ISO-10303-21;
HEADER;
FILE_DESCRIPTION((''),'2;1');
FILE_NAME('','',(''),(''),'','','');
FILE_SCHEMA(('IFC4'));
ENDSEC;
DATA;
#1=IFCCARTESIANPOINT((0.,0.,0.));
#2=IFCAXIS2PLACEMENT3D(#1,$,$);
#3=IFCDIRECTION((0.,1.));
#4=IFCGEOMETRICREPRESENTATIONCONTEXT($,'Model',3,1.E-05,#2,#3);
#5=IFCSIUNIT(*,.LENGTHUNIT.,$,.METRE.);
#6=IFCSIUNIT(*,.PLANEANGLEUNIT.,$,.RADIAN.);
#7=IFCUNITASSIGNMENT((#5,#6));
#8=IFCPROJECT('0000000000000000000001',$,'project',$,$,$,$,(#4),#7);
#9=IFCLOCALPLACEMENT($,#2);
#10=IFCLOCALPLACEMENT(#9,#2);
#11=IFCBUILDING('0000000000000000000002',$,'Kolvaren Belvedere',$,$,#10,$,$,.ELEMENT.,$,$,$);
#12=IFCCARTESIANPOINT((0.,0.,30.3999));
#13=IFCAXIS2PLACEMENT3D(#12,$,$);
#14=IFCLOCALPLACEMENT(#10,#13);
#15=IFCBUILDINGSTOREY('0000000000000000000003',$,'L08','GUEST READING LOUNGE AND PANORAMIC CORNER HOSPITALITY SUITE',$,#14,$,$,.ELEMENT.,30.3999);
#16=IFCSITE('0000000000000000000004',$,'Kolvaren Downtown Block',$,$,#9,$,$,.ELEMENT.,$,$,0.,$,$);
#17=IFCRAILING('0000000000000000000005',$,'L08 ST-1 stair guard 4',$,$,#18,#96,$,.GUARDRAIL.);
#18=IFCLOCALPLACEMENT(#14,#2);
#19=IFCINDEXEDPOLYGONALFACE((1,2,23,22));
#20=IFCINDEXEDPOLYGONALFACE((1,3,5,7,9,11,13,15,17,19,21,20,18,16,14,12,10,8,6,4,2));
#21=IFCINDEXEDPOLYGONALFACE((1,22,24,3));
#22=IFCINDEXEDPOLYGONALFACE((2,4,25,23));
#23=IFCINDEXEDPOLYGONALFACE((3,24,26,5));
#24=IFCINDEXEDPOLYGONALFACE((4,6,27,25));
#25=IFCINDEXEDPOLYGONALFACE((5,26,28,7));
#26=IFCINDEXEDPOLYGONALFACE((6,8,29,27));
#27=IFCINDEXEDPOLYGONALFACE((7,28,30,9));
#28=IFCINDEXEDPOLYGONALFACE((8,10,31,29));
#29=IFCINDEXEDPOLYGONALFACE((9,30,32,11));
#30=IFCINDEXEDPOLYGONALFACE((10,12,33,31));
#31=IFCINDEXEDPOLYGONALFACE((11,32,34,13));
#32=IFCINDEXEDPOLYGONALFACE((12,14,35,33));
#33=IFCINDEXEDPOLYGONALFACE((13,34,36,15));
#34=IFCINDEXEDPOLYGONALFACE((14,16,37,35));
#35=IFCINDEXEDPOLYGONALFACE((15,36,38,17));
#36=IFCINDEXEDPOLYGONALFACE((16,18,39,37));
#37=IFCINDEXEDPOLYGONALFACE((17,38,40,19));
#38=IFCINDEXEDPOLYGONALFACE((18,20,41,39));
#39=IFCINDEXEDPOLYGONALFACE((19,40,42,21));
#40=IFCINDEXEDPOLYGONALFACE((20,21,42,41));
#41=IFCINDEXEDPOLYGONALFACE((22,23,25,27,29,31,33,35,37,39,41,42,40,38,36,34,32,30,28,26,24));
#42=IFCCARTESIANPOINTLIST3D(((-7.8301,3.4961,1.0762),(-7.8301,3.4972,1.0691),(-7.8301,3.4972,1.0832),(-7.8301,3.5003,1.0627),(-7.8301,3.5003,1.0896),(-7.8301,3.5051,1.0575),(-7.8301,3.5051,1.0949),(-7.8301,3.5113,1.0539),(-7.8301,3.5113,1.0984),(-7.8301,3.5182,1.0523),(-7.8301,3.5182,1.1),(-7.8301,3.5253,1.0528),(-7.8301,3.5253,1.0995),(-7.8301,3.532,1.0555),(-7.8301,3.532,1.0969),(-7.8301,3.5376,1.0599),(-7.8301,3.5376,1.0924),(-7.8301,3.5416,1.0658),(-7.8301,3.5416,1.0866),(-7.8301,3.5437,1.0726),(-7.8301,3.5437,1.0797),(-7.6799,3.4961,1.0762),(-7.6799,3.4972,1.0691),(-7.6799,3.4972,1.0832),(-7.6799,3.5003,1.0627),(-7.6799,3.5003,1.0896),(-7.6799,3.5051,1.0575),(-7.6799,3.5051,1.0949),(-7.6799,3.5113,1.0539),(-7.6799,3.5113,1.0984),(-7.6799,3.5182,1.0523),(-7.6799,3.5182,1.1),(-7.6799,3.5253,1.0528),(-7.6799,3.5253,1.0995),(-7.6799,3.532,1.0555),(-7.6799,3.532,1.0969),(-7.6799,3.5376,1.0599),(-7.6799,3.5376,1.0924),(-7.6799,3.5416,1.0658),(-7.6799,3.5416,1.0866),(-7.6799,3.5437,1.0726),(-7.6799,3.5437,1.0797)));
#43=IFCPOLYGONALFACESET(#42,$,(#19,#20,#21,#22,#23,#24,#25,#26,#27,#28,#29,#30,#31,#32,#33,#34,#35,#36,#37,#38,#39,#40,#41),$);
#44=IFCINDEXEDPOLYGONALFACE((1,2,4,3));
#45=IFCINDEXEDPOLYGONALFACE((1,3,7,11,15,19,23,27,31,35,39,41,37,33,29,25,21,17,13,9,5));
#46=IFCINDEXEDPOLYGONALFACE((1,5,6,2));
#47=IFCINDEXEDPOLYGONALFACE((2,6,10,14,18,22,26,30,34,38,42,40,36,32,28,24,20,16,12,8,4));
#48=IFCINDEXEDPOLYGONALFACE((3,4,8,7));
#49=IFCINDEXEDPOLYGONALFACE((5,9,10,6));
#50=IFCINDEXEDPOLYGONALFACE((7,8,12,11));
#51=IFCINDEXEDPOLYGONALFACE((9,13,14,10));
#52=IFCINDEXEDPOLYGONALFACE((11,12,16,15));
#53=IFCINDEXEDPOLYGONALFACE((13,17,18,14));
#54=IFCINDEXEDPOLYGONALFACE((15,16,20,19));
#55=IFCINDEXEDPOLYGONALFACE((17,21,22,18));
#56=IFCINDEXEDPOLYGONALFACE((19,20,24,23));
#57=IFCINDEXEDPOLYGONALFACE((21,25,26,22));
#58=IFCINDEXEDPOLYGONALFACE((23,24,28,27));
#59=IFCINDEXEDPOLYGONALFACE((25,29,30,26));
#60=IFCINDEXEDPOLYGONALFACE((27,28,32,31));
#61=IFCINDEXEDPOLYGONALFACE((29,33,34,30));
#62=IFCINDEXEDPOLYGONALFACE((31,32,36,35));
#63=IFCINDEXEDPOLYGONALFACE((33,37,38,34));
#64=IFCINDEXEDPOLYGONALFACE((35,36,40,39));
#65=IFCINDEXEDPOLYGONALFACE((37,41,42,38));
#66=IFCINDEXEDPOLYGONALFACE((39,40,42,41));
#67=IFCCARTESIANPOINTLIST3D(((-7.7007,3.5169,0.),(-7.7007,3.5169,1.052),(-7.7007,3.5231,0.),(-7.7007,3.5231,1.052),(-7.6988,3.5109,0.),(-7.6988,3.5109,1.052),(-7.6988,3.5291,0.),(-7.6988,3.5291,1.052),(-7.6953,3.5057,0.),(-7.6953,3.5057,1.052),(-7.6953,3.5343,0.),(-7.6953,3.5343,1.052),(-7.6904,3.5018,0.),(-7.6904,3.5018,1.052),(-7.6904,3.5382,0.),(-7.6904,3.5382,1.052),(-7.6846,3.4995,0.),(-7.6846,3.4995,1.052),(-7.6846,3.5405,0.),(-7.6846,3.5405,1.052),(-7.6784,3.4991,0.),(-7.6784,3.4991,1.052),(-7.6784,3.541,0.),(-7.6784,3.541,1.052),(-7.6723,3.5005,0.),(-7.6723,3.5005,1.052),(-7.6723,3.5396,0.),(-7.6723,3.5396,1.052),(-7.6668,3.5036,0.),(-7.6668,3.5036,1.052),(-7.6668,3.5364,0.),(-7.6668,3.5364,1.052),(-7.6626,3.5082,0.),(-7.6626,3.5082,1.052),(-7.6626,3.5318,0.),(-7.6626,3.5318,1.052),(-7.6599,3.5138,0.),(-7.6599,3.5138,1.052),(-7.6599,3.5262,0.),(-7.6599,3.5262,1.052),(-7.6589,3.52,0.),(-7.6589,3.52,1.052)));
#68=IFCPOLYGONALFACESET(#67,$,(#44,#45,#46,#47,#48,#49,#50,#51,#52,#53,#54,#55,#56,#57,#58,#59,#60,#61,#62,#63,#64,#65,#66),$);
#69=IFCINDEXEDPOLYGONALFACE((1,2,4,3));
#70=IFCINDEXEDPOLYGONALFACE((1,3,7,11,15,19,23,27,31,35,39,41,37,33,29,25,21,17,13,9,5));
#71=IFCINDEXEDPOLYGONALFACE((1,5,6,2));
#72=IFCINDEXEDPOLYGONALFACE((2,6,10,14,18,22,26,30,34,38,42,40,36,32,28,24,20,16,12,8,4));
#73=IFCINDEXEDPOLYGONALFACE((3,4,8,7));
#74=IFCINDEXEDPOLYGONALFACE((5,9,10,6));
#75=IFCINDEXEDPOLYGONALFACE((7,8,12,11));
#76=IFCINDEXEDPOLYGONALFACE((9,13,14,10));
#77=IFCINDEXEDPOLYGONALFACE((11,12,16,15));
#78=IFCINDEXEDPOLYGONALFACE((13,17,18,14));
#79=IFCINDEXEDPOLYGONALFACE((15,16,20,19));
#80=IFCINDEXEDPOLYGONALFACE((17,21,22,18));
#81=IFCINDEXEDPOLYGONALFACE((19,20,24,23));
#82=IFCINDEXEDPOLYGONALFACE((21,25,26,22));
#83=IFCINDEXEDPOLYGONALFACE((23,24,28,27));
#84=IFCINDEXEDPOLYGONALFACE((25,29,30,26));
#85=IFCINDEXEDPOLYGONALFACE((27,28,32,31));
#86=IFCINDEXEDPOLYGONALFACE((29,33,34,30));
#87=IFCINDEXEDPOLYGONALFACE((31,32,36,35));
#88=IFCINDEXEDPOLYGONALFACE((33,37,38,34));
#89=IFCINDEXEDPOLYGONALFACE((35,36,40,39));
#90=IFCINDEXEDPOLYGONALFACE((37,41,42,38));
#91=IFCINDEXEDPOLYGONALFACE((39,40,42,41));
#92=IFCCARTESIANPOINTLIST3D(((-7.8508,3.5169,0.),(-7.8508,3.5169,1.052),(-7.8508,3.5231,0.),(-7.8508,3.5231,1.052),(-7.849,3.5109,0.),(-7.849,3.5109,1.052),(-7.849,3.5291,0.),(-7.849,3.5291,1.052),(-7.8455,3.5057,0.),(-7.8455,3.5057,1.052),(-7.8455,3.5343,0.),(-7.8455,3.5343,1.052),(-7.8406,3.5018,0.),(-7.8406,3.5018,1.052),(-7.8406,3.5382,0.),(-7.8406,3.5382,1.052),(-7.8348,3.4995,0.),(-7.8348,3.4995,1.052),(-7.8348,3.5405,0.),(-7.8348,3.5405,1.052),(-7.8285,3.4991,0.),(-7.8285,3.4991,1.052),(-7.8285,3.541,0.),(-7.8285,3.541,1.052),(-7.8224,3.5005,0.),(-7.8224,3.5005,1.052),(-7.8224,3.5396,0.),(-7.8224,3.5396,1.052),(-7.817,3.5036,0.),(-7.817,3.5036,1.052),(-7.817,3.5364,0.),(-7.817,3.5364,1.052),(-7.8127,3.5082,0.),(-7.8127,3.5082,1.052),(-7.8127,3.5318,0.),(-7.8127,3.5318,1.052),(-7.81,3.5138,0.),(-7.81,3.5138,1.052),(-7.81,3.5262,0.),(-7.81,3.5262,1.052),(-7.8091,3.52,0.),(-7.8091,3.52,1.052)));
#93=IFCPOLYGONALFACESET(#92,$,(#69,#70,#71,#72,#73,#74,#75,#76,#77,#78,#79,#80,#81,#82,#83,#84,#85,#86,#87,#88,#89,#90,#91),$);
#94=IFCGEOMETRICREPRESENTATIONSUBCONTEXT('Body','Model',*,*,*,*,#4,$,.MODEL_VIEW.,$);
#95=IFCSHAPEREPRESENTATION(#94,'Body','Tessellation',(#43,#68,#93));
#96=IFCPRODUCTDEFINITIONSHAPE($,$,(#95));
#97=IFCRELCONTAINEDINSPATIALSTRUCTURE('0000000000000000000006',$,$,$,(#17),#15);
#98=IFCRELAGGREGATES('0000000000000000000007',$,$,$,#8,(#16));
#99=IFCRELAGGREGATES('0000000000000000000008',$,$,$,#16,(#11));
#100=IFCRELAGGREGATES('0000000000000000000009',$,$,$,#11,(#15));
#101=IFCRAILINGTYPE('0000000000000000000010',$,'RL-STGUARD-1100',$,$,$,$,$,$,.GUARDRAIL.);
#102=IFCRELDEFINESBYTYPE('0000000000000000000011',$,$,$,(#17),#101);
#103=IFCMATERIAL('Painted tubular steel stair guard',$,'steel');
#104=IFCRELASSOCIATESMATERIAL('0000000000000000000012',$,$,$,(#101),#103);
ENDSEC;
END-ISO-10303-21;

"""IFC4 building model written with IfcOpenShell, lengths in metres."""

from ifc_helpers import new_model, si_unit, direction, frame, origin, origin_2d, place, context, subcontext, project, spatial, circle, extrude, material, type_object, element, save


model = new_model("IFC4")

# Units and contexts
model_context = context("Model", 3, precision=1e-05, world=origin(), true_north=direction((0.0, 1.0)))
body_context = subcontext(model_context, "Body", "Model", "MODEL_VIEW")
ifc_project = project(units=[si_unit("LENGTHUNIT", "METRE"), si_unit("PLANEANGLEUNIT", "RADIAN")], contexts=[model_context])

# Site, building, storey
site_placement = place(None, origin())
site = spatial("IfcSite", under=ifc_project, at=site_placement, Name="Kolvaren Downtown Block", CompositionType="ELEMENT", RefElevation=0.0)
building_placement = place(site_placement, origin())
building = spatial("IfcBuilding", under=site, at=building_placement, Name="Kolvaren Belvedere", CompositionType="ELEMENT")
storey_placement = place(building_placement, frame((0.0, 0.0, 30.3999)))
storey = spatial("IfcBuildingStorey", under=building, at=storey_placement, Name="L08", Description="GUEST READING LOUNGE AND PANORAMIC CORNER HOSPITALITY SUITE", CompositionType="ELEMENT", Elevation=30.3999)

# Railing
ifc_material_1 = material(Name="Painted tubular steel stair guard", Category="steel")
railing_type_1 = type_object("IfcRailingType", Name="RL-STGUARD-1100", PredefinedType="GUARDRAIL", material=ifc_material_1)
railing_1_placement = place(storey_placement, frame((-7.6799, 3.52, 0.0)))
element("IfcRailing", 1, at=railing_1_placement, inside=storey, type_object=railing_type_1, Name="L08 ST-1 stair guard 4", PredefinedType="GUARDRAIL", context=body_context, shape_type="SweptSolid", body=[
    extrude(circle(Radius=0.0239, at=origin_2d()), frame((0.0, 0.0, 1.0762), z_axis=(-1.0, 0.0, 0.0), x_axis=(0.0, -1.0, 0.0)), (0.0, 0.0, 1.0), 0.1501),
    extrude(circle(Radius=0.021, at=origin_2d()), origin(), (0.0, 0.0, 1.0), 1.052),
    extrude(circle(Radius=0.021, at=origin_2d()), frame((-0.1501, 0.0, 0.0)), (0.0, 0.0, 1.0), 1.052),
])

save(model, "model.ifc")
